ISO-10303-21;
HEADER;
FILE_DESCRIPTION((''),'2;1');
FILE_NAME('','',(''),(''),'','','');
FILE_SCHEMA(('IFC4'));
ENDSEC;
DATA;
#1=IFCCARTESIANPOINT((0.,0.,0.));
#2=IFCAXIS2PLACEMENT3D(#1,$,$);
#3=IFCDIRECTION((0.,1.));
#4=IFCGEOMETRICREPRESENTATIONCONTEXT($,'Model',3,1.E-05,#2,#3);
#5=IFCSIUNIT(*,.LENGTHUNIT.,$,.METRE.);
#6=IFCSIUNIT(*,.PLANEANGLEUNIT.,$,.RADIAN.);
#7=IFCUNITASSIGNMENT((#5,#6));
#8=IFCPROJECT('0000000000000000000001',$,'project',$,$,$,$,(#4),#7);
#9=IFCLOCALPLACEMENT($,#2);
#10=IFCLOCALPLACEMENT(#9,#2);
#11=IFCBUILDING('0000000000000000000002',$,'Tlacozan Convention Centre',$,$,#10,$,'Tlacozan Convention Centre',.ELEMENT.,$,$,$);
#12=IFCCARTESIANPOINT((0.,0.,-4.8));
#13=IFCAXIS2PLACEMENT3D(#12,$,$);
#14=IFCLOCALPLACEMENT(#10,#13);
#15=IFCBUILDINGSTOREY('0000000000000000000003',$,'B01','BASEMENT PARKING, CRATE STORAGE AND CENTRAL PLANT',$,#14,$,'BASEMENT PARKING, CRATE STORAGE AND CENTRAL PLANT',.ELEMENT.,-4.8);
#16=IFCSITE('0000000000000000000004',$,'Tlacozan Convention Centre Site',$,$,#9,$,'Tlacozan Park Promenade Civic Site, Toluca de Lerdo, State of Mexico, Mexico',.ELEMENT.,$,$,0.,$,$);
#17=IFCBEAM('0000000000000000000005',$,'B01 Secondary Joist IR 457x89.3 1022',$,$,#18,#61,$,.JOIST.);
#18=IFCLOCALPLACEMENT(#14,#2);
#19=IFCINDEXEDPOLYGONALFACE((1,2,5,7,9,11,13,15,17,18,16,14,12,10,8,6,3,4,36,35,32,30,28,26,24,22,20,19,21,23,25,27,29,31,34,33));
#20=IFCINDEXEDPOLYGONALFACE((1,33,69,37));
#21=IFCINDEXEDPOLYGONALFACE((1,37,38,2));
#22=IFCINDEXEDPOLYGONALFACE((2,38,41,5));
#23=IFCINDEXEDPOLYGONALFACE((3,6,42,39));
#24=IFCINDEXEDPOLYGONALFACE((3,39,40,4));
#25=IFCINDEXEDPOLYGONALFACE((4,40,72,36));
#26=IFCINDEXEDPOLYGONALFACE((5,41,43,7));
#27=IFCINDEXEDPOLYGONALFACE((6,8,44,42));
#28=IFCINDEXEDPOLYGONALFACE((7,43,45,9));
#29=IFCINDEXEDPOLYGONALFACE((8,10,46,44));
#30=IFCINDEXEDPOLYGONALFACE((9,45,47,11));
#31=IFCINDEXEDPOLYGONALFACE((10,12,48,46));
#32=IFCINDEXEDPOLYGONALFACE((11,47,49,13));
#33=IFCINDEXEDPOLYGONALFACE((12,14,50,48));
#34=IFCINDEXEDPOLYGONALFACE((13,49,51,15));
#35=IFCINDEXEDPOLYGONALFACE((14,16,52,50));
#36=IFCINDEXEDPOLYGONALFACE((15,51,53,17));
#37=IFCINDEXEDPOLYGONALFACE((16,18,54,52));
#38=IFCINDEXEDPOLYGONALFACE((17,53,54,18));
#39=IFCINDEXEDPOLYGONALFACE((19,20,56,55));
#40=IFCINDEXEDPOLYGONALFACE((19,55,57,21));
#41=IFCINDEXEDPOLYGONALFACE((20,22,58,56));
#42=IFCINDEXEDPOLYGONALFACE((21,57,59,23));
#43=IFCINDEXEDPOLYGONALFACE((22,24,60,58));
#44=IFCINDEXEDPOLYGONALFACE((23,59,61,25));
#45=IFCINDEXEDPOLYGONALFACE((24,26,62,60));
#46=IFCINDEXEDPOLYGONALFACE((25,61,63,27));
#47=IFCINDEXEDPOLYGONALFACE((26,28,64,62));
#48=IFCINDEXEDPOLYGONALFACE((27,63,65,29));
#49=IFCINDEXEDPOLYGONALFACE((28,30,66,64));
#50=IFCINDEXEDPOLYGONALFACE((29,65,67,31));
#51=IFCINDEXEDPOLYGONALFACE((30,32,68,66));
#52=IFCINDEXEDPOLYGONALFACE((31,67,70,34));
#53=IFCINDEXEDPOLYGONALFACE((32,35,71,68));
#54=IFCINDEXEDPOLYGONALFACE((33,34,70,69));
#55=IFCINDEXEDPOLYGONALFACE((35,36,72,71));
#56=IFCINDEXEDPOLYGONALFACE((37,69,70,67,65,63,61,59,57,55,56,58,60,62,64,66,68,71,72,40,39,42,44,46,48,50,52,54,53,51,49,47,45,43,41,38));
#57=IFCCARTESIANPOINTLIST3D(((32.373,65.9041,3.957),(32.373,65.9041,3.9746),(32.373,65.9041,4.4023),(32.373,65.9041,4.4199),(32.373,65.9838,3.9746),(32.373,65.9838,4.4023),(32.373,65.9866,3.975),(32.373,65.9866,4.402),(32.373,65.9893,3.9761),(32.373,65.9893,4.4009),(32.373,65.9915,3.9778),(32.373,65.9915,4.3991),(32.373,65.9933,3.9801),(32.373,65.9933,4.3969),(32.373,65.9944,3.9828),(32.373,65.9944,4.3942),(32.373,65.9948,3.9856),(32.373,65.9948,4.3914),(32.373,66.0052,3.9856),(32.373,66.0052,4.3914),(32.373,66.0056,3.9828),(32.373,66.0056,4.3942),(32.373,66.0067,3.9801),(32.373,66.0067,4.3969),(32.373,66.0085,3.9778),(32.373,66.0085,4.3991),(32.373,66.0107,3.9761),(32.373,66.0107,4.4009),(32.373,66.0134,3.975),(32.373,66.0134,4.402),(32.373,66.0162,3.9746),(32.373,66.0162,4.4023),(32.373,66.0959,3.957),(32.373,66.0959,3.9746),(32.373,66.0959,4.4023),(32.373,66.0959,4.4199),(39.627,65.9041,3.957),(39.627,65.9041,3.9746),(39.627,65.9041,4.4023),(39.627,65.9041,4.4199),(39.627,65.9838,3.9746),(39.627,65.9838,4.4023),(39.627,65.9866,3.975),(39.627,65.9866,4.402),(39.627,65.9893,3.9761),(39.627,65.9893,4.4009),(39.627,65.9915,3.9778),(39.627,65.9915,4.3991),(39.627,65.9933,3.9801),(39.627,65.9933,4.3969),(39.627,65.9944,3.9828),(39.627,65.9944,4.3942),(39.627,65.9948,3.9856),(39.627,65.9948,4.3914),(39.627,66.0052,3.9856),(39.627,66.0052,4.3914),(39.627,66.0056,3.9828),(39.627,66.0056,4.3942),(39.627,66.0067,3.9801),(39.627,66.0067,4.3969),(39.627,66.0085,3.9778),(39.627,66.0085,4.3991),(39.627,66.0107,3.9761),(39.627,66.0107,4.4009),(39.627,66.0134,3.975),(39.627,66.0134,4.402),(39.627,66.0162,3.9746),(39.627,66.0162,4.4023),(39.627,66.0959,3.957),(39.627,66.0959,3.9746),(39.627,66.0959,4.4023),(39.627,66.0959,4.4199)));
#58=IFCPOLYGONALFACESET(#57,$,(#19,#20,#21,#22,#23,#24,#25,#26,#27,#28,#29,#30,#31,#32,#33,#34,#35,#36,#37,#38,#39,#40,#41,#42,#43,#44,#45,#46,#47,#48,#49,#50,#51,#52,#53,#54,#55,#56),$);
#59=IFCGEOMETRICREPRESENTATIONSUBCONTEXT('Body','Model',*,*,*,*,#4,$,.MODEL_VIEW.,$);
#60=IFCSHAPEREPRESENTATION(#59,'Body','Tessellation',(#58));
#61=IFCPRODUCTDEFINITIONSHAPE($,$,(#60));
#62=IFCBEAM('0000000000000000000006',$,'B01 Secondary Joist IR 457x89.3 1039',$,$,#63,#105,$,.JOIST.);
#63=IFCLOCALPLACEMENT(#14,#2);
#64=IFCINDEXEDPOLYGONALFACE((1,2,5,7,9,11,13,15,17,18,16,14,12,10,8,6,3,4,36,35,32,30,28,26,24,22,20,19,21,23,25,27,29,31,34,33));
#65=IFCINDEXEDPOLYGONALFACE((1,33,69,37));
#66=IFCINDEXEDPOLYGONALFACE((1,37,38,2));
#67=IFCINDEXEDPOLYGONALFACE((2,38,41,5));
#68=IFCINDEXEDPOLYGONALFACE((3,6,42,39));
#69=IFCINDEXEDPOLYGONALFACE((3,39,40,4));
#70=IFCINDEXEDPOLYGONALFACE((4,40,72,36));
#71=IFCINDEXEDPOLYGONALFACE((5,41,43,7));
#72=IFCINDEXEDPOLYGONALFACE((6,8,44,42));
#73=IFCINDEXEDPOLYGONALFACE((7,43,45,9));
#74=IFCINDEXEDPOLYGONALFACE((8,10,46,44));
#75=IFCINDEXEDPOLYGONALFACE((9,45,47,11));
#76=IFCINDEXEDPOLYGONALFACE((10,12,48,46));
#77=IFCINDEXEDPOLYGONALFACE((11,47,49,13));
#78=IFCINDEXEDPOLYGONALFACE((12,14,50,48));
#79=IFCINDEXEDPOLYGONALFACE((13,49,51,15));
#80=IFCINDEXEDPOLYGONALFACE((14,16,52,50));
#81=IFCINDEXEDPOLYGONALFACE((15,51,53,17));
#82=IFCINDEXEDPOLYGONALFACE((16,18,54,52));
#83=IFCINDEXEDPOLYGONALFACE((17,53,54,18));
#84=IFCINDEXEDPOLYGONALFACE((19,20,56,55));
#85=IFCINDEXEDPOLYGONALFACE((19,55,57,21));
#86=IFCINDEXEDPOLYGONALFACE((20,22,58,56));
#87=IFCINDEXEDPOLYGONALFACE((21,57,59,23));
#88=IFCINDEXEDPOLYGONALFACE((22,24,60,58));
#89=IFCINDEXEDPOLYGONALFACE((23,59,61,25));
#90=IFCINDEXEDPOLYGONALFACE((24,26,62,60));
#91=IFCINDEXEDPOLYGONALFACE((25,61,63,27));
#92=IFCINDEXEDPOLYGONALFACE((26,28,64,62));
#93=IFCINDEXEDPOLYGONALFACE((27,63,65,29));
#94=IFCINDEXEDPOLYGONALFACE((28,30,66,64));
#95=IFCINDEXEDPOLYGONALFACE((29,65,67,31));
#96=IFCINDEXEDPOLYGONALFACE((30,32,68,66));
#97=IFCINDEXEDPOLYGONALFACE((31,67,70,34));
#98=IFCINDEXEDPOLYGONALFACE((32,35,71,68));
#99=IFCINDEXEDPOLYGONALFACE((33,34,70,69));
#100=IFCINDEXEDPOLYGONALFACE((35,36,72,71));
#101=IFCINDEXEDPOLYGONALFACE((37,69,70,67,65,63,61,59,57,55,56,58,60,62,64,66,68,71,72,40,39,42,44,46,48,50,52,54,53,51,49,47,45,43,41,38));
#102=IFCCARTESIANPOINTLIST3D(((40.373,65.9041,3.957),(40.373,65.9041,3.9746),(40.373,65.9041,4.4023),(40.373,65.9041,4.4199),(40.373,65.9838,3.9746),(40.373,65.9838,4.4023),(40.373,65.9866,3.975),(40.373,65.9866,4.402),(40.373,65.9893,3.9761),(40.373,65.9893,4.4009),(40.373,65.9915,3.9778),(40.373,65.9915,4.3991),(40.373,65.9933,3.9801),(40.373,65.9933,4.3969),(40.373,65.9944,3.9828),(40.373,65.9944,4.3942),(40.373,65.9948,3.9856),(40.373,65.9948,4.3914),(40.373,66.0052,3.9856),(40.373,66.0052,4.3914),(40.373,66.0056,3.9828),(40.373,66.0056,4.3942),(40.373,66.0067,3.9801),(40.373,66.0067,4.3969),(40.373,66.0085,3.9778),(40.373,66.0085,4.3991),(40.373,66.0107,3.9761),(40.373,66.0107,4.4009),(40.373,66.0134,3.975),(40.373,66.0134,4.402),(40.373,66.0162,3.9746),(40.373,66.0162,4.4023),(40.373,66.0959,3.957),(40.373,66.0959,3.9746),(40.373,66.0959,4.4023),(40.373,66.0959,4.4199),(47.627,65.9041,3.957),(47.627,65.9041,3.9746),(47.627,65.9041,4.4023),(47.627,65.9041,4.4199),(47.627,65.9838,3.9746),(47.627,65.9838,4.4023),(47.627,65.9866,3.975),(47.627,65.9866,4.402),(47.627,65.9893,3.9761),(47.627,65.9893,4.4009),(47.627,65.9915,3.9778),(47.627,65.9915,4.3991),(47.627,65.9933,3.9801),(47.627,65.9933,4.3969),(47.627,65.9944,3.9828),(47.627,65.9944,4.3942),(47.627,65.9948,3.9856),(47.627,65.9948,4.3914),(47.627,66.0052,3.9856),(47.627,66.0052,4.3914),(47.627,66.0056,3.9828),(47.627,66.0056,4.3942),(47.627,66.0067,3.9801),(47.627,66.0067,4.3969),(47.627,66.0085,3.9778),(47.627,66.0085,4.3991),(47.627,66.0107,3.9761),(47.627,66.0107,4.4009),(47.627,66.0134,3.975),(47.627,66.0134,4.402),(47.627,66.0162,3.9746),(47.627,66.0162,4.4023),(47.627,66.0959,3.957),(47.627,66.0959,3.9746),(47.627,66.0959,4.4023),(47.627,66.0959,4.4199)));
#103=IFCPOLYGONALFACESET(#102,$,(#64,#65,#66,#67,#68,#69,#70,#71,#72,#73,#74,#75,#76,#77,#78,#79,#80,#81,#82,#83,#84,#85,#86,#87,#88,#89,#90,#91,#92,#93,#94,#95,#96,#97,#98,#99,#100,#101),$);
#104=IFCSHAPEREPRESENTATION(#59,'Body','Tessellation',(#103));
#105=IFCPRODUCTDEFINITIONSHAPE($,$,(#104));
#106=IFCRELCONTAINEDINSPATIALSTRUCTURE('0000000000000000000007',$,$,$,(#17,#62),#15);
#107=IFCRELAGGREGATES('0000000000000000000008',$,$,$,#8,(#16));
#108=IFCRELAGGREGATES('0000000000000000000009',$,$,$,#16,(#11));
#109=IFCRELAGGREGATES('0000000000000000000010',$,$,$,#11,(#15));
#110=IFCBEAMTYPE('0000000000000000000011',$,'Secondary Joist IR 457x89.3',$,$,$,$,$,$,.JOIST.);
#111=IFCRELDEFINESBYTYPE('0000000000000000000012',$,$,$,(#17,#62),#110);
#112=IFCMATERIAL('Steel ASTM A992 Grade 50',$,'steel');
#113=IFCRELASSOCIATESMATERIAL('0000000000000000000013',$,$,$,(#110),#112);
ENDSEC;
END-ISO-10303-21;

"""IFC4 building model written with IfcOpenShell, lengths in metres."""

from ifc_helpers import new_model, si_unit, direction, frame, origin, origin_2d, place, context, subcontext, project, spatial, i_section, extrude, material, material_profile, profile_set, type_object, element, save


model = new_model("IFC4")

# Units and contexts
model_context = context("Model", 3, precision=1e-05, world=origin(), true_north=direction((0.0, 1.0)))
body_context = subcontext(model_context, "Body", "Model", "MODEL_VIEW")
ifc_project = project(units=[si_unit("LENGTHUNIT", "METRE"), si_unit("PLANEANGLEUNIT", "RADIAN")], contexts=[model_context])

# Site, building, storey
site_placement = place(None, origin())
site = spatial("IfcSite", under=ifc_project, at=site_placement, Name="Tlacozan Convention Centre Site", LongName="Tlacozan Park Promenade Civic Site, Toluca de Lerdo, State of Mexico, Mexico", CompositionType="ELEMENT", RefElevation=0.0)
building_placement = place(site_placement, origin())
building = spatial("IfcBuilding", under=site, at=building_placement, Name="Tlacozan Convention Centre", LongName="Tlacozan Convention Centre", CompositionType="ELEMENT")
storey_placement = place(building_placement, frame((0.0, 0.0, -4.8)))
storey = spatial("IfcBuildingStorey", under=building, at=storey_placement, Name="B01", Description="BASEMENT PARKING, CRATE STORAGE AND CENTRAL PLANT", LongName="BASEMENT PARKING, CRATE STORAGE AND CENTRAL PLANT", CompositionType="ELEMENT", Elevation=-4.8)

# Beams
ifc_material_1 = material(Name="Steel ASTM A992 Grade 50", Category="steel")
ifc_material_profile_1 = material_profile(ifc_material_1, i_section(OverallWidth=0.1919, OverallDepth=0.4629, WebThickness=0.0105, FlangeThickness=0.0176, FilletRadius=0.011, at=origin_2d()), Name="IR 457x89.3")
ifc_profile_set_1 = profile_set([ifc_material_profile_1], Name="Steel ASTM A992 Grade 50")
beam_type_1 = type_object("IfcBeamType", Name="Secondary Joist IR 457x89.3", PredefinedType="JOIST", material=ifc_profile_set_1)
for number, where, z_axis, x_axis, name in (
    (1, (32.373, 66.0, 4.1885), (1.0, 0.0, 0.0), (0.0, 1.0, 0.0), "B01 Secondary Joist IR 457x89.3 1022"),
    (2, (40.373, 66.0, 4.1885), (1.0, 0.0, 0.0), (0.0, 1.0, 0.0), "B01 Secondary Joist IR 457x89.3 1039"),
):
    element("IfcBeam", number, at=place(storey_placement, frame(where, z_axis=z_axis, x_axis=x_axis)), inside=storey, type_object=beam_type_1, Name=name, PredefinedType="JOIST", context=body_context, shape_type="SweptSolid", body=[
        extrude(i_section(OverallWidth=0.1919, OverallDepth=0.4629, WebThickness=0.0105, FlangeThickness=0.0176, FilletRadius=0.011, at=origin_2d()), origin(), (0.0, 0.0, 1.0), 7.2539),
    ])

save(model, "model.ifc")
